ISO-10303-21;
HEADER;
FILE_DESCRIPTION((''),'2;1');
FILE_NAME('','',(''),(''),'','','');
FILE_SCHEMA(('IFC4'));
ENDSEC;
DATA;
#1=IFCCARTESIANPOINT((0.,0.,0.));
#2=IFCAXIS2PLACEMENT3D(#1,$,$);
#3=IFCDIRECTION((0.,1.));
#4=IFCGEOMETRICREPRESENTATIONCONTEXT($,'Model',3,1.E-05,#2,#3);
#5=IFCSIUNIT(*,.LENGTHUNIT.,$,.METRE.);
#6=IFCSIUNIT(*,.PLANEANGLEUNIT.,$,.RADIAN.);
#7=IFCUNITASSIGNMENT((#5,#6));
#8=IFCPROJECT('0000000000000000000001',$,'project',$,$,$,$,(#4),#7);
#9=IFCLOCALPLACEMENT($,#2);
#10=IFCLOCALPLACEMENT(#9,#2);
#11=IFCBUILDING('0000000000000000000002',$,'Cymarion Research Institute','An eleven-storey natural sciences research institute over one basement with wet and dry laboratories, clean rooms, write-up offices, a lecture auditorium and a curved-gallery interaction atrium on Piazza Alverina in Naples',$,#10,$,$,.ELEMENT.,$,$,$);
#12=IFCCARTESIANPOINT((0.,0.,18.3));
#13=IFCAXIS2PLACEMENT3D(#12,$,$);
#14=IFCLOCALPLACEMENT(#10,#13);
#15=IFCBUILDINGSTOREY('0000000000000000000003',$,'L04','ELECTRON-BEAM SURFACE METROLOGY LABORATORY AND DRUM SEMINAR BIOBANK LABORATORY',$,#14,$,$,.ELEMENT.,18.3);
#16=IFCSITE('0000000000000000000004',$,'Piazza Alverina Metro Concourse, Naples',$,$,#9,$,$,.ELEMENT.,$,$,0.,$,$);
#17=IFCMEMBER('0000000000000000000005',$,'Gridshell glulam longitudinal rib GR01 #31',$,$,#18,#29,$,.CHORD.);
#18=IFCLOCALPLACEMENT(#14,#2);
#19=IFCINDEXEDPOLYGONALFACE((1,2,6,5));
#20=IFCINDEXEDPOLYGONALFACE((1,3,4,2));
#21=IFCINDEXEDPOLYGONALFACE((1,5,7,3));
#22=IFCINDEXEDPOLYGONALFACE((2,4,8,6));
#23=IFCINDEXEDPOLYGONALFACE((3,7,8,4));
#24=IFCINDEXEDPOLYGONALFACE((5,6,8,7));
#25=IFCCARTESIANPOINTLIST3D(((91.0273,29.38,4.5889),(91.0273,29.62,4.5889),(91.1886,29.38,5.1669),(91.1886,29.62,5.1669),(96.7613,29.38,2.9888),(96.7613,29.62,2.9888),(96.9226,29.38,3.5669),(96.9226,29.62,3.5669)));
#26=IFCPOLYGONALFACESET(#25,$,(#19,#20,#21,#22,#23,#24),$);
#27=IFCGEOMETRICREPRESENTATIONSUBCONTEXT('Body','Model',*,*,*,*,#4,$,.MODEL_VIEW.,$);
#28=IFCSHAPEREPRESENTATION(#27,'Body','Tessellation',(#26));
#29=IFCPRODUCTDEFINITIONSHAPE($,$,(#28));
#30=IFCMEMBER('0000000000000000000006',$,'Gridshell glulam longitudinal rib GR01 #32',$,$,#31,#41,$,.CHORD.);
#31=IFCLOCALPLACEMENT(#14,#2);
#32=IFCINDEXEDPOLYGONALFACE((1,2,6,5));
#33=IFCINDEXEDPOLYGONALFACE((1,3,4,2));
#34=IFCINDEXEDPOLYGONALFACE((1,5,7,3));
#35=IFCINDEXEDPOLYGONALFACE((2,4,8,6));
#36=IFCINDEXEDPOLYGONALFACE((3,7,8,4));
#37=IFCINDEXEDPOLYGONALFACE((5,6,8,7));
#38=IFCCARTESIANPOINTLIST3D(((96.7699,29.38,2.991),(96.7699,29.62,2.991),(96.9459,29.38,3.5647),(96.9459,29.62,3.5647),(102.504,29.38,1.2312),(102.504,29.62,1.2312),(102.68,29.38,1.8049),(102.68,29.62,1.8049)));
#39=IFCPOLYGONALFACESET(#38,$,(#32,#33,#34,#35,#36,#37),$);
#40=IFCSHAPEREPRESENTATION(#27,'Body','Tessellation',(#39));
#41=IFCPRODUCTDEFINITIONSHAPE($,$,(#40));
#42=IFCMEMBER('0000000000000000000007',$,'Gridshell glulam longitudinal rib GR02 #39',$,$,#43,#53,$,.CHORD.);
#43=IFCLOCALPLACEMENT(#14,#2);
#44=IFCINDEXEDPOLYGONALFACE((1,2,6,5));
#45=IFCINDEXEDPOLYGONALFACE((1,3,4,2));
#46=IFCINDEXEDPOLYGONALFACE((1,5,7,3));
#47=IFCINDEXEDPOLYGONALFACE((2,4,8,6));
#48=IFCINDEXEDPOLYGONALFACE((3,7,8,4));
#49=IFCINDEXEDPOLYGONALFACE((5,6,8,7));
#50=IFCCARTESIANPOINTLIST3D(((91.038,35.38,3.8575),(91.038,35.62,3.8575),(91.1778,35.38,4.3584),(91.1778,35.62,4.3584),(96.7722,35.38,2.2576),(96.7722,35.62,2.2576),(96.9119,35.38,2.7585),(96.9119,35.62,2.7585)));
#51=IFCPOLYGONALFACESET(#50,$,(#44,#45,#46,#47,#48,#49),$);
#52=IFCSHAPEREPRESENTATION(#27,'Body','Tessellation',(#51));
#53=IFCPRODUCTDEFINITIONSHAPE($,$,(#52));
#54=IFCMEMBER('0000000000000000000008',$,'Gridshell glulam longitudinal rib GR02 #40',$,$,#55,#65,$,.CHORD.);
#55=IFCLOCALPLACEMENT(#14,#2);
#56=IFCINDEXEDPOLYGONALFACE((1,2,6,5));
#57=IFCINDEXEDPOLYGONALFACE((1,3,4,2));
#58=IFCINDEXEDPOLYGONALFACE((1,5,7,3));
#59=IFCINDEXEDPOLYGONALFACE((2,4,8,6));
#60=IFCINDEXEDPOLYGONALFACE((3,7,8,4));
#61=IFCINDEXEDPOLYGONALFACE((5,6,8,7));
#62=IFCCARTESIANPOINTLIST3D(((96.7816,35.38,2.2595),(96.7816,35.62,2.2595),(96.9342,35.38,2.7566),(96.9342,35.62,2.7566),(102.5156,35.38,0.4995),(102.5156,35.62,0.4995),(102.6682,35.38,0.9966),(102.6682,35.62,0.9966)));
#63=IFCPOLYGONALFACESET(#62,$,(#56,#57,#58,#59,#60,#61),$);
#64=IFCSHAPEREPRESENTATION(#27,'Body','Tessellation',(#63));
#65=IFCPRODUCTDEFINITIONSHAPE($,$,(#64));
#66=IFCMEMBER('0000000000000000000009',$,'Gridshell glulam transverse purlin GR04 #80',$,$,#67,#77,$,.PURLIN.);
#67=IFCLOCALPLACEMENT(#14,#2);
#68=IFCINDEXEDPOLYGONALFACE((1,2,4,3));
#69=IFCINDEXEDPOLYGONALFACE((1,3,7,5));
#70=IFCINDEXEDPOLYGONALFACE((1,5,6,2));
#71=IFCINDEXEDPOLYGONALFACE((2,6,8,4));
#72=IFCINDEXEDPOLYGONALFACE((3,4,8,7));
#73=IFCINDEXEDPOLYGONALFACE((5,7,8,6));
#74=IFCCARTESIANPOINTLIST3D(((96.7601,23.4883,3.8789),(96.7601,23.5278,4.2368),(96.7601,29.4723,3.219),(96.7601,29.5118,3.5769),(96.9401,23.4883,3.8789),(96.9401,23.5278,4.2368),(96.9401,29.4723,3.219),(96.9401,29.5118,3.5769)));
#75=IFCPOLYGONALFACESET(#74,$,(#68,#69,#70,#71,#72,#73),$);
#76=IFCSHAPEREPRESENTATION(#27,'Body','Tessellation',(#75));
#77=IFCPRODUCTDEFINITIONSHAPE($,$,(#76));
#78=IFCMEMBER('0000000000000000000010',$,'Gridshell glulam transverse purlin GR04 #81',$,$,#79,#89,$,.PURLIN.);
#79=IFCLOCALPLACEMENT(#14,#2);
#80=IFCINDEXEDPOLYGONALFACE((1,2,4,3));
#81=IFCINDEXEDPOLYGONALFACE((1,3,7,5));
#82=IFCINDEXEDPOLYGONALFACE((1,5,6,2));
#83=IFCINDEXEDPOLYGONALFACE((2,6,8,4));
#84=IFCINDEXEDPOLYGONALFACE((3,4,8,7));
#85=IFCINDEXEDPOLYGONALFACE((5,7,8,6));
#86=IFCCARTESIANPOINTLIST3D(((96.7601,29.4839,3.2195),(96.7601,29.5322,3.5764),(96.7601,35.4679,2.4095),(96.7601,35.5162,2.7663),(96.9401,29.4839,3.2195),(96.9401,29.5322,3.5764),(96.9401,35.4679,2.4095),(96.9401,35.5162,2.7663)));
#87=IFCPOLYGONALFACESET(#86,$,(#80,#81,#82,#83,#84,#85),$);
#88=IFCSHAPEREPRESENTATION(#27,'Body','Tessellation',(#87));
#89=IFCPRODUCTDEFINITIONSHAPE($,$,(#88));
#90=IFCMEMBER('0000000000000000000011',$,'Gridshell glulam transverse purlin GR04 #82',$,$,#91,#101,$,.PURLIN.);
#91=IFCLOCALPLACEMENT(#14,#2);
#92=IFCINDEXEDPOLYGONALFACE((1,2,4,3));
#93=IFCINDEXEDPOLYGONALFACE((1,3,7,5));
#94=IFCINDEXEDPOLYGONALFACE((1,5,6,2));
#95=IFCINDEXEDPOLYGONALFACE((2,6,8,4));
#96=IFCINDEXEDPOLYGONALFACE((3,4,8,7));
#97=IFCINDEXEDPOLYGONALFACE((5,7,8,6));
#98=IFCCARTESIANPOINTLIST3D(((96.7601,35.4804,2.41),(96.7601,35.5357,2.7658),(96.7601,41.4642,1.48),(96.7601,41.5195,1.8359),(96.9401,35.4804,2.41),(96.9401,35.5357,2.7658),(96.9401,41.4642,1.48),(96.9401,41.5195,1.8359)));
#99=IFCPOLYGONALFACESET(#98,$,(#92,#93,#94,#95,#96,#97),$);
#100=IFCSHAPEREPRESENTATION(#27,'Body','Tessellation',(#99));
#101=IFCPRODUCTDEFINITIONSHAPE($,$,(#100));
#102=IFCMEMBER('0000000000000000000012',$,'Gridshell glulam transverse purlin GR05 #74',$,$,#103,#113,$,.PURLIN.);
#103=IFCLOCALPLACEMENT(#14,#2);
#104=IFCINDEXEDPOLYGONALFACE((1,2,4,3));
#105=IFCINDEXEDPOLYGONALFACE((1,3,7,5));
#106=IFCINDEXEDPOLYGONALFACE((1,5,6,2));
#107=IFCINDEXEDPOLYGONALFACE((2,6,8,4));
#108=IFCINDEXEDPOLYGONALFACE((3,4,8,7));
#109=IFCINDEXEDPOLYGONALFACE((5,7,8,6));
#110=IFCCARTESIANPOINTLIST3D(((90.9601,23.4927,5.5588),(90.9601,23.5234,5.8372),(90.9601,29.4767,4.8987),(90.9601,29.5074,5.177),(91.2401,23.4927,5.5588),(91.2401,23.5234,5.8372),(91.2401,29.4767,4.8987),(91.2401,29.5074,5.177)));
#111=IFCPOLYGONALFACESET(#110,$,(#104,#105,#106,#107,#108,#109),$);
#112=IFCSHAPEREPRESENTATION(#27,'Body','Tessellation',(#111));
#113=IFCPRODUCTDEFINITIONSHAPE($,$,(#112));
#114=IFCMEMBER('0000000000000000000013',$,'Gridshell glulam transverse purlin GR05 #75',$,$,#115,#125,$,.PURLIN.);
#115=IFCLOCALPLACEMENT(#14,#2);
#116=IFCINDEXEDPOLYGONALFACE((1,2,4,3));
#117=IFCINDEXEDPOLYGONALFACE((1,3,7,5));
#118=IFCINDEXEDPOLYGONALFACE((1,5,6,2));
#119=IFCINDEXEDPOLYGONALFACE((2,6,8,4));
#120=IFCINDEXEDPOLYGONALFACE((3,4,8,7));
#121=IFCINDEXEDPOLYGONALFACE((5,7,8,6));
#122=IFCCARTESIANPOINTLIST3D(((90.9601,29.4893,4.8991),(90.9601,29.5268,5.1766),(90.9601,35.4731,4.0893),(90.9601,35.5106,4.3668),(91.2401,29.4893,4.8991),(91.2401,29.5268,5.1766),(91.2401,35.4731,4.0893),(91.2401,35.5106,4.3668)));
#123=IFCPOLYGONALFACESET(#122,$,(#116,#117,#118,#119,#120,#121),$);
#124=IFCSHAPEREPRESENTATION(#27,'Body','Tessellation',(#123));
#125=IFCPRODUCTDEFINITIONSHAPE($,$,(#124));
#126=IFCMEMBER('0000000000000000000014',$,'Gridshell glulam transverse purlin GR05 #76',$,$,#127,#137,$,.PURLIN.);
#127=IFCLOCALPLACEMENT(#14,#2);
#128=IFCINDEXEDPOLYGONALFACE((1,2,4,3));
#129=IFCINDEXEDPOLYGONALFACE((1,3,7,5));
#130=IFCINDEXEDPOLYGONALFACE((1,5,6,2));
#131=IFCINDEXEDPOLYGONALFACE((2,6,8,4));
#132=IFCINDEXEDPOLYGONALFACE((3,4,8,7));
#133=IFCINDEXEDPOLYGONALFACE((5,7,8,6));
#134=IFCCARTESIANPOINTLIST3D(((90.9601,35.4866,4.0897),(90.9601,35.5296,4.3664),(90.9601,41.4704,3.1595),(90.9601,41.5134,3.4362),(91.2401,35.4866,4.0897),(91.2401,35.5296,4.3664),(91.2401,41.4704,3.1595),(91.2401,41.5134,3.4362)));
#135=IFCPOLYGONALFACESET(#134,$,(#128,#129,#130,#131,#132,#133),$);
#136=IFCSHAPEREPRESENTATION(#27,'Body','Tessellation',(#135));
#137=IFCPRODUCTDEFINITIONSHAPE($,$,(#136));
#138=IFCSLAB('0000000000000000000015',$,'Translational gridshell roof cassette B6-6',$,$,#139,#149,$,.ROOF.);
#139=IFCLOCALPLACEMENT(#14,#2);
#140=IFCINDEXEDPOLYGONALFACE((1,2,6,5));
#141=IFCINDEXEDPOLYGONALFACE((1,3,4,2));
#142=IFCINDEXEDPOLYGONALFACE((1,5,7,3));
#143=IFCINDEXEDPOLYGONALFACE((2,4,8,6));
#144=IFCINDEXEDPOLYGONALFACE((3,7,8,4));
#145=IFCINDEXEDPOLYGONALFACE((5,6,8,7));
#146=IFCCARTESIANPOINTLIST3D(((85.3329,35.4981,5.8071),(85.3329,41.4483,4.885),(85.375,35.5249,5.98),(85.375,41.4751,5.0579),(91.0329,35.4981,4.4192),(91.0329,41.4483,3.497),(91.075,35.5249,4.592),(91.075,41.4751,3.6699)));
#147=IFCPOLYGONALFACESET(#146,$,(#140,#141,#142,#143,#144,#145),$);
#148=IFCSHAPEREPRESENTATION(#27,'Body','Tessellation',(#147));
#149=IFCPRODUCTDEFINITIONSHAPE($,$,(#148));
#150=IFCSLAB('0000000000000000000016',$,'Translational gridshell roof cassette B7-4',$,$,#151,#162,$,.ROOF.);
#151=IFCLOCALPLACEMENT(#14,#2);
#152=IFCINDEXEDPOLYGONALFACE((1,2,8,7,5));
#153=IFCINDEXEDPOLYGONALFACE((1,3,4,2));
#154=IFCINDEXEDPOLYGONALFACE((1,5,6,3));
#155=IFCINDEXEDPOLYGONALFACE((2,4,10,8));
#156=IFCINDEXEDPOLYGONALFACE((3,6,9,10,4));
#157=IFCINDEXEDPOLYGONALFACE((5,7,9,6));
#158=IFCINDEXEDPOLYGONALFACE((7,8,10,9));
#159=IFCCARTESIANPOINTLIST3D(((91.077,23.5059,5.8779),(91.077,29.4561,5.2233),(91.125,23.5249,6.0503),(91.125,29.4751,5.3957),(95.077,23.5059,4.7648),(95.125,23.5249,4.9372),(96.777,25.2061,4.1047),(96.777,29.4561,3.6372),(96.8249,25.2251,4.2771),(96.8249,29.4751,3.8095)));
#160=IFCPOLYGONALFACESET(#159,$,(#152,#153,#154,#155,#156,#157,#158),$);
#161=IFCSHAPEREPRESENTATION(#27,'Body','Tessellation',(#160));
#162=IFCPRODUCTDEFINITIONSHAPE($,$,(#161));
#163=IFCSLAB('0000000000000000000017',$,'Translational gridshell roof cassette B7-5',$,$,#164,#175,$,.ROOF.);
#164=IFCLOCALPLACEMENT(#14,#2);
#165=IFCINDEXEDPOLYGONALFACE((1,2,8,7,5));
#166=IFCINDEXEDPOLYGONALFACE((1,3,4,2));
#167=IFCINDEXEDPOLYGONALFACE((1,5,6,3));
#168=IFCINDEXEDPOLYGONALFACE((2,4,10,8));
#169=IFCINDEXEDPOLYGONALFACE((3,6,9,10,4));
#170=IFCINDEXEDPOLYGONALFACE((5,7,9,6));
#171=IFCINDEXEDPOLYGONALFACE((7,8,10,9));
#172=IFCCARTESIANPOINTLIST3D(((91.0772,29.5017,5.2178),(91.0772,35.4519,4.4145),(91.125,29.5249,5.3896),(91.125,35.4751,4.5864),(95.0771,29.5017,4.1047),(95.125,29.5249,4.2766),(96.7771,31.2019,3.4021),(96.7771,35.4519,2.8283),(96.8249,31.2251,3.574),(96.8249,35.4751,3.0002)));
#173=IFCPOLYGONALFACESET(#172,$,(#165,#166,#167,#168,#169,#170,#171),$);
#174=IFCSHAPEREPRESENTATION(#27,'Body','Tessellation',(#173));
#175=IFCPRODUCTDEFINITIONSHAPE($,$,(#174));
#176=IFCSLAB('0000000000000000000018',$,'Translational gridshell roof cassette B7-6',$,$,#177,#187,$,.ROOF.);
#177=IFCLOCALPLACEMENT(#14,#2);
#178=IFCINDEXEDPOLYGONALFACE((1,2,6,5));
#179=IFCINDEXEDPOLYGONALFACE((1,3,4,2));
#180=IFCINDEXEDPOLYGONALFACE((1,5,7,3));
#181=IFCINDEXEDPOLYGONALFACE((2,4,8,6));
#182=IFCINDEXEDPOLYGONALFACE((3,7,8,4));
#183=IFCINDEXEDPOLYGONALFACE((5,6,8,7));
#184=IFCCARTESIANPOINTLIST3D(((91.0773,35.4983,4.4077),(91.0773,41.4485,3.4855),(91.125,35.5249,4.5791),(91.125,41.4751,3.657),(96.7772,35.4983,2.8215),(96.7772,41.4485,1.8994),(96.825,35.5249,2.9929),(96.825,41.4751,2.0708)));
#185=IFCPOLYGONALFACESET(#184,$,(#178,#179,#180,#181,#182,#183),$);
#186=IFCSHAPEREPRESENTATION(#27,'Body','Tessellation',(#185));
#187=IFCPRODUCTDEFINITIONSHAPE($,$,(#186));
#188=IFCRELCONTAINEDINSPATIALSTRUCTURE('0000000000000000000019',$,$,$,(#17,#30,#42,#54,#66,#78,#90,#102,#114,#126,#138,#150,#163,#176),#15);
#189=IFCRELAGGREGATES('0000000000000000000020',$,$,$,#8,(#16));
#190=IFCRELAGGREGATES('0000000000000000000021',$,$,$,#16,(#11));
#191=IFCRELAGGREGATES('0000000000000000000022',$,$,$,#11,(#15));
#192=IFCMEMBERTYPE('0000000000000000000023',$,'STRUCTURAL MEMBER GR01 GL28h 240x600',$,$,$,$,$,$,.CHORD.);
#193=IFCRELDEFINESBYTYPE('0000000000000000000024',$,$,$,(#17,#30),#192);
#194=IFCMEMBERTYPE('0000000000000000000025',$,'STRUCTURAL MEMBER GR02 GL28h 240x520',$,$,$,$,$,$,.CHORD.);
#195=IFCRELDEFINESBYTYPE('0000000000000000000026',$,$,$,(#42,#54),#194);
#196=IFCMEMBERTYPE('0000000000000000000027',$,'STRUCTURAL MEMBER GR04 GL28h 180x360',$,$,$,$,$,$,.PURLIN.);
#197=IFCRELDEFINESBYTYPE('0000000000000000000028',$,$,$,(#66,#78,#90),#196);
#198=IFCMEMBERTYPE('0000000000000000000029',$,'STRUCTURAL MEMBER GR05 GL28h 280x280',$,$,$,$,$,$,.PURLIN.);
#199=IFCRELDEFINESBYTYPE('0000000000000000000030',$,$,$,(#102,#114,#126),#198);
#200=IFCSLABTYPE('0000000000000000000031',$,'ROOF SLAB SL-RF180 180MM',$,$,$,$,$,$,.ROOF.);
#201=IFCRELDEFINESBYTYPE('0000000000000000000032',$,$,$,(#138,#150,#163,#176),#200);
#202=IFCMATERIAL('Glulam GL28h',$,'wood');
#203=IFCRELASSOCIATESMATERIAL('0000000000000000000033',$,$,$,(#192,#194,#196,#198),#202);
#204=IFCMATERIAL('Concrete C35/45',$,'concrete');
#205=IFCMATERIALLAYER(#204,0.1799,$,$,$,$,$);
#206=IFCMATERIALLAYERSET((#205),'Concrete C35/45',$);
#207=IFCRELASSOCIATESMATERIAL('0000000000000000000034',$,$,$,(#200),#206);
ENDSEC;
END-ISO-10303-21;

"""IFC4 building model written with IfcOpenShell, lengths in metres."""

from ifc_helpers import new_model, si_unit, direction, frame, origin, origin_2d, place, context, subcontext, project, spatial, polyline, rectangle, outline, extrude, material, layer, layer_set, material_profile, profile_set, type_object, element, save


model = new_model("IFC4")

# Units and contexts
model_context = context("Model", 3, precision=1e-05, world=origin(), true_north=direction((0.0, 1.0)))
body_context = subcontext(model_context, "Body", "Model", "MODEL_VIEW")
ifc_project = project(units=[si_unit("LENGTHUNIT", "METRE"), si_unit("PLANEANGLEUNIT", "RADIAN")], contexts=[model_context])

# Site, building, storey
site_placement = place(None, origin())
site = spatial("IfcSite", under=ifc_project, at=site_placement, Name="Piazza Alverina Metro Concourse, Naples", CompositionType="ELEMENT", RefElevation=0.0)
building_placement = place(site_placement, origin())
building = spatial("IfcBuilding", under=site, at=building_placement, Name="Cymarion Research Institute", Description="An eleven-storey natural sciences research institute over one basement with wet and dry laboratories, clean rooms, write-up offices, a lecture auditorium and a curved-gallery interaction atrium on Piazza Alverina in Naples", CompositionType="ELEMENT")
storey_placement = place(building_placement, frame((0.0, 0.0, 18.3)))
storey = spatial("IfcBuildingStorey", under=building, at=storey_placement, Name="L04", Description="ELECTRON-BEAM SURFACE METROLOGY LABORATORY AND DRUM SEMINAR BIOBANK LABORATORY", CompositionType="ELEMENT", Elevation=18.3)

# Members
ifc_material_1 = material(Name="Glulam GL28h", Category="wood")
ifc_material_profile_1 = material_profile(ifc_material_1, rectangle(XDim=0.24, YDim=0.6001, at=origin_2d()), Name="GL28h 240x600")
ifc_profile_set_1 = profile_set([ifc_material_profile_1], Name="Glulam GL28h")
member_type_1 = type_object("IfcMemberType", Name="STRUCTURAL MEMBER GR01 GL28h 240x600", PredefinedType="CHORD", material=ifc_profile_set_1)
member_1_placement = place(storey_placement, frame((91.1079, 29.5, 4.8779), z_axis=(0.963202, 0.0, -0.26878), x_axis=(0.0, 1.0, 0.0)))
element("IfcMember", 1, at=member_1_placement, inside=storey, type_object=member_type_1, Name="Gridshell glulam longitudinal rib GR01 #31", PredefinedType="CHORD", context=body_context, shape_type="SweptSolid", body=[
    extrude(rectangle(XDim=0.24, YDim=0.6001, at=origin_2d()), origin(), (0.0, 0.0, 1.0), 5.9531),
])
member_2_placement = place(storey_placement, frame((96.8579, 29.5, 3.2778), z_axis=(0.955993, 0.0, -0.293388), x_axis=(0.0, 1.0, 0.0)))
element("IfcMember", 2, at=member_2_placement, inside=storey, type_object=member_type_1, Name="Gridshell glulam longitudinal rib GR01 #32", PredefinedType="CHORD", context=body_context, shape_type="SweptSolid", body=[
    extrude(rectangle(XDim=0.24, YDim=0.6001, at=origin_2d()), origin(), (0.0, 0.0, 1.0), 5.998),
])
ifc_material_profile_2 = material_profile(ifc_material_1, rectangle(XDim=0.24, YDim=0.52, at=origin_2d()), Name="GL28h 240x520")
ifc_profile_set_2 = profile_set([ifc_material_profile_2], Name="Glulam GL28h")
member_type_2 = type_object("IfcMemberType", Name="STRUCTURAL MEMBER GR02 GL28h 240x520", PredefinedType="CHORD", material=ifc_profile_set_2)
member_3_placement = place(storey_placement, frame((91.1079, 35.5, 4.1079), z_axis=(0.963212, 0.0, -0.268741), x_axis=(0.0, 1.0, 0.0)))
element("IfcMember", 3, at=member_3_placement, inside=storey, type_object=member_type_2, Name="Gridshell glulam longitudinal rib GR02 #39", PredefinedType="CHORD", context=body_context, shape_type="SweptSolid", body=[
    extrude(rectangle(XDim=0.24, YDim=0.52, at=origin_2d()), origin(), (0.0, 0.0, 1.0), 5.9531),
])
member_4_placement = place(storey_placement, frame((96.8579, 35.5, 2.5081), z_axis=(0.955982, 0.0, -0.293425), x_axis=(0.0, 1.0, 0.0)))
element("IfcMember", 4, at=member_4_placement, inside=storey, type_object=member_type_2, Name="Gridshell glulam longitudinal rib GR02 #40", PredefinedType="CHORD", context=body_context, shape_type="SweptSolid", body=[
    extrude(rectangle(XDim=0.24, YDim=0.52, at=origin_2d()), origin(), (0.0, 0.0, 1.0), 5.998),
])
ifc_material_profile_3 = material_profile(ifc_material_1, rectangle(XDim=0.1799, YDim=0.3601, at=origin_2d()), Name="GL28h 180x360")
ifc_profile_set_3 = profile_set([ifc_material_profile_3], Name="Glulam GL28h")
member_type_3 = type_object("IfcMemberType", Name="STRUCTURAL MEMBER GR04 GL28h 180x360", PredefinedType="PURLIN", material=ifc_profile_set_3)
member_5_placement = place(storey_placement, frame((96.8501, 23.5081, 4.0579), z_axis=(0.0, 0.993974, -0.109617), x_axis=(-1.0, 0.0, 0.0)))
element("IfcMember", 5, at=member_5_placement, inside=storey, type_object=member_type_3, Name="Gridshell glulam transverse purlin GR04 #80", PredefinedType="PURLIN", context=body_context, shape_type="SweptSolid", body=[
    extrude(rectangle(XDim=0.1799, YDim=0.3601, at=origin_2d()), origin(), (0.0, 0.0, 1.0), 6.0203),
])
member_6_placement = place(storey_placement, frame((96.8501, 29.5081, 3.3979), z_axis=(0.0, 0.990961, -0.13415), x_axis=(-1.0, 0.0, 0.0)))
element("IfcMember", 6, at=member_6_placement, inside=storey, type_object=member_type_3, Name="Gridshell glulam transverse purlin GR04 #81", PredefinedType="PURLIN", context=body_context, shape_type="SweptSolid", body=[
    extrude(rectangle(XDim=0.1799, YDim=0.3601, at=origin_2d()), origin(), (0.0, 0.0, 1.0), 6.0386),
])
member_7_placement = place(storey_placement, frame((96.8501, 35.5081, 2.5879), z_axis=(0.0, 0.988139, -0.153563), x_axis=(-1.0, 0.0, 0.0)))
element("IfcMember", 7, at=member_7_placement, inside=storey, type_object=member_type_3, Name="Gridshell glulam transverse purlin GR04 #82", PredefinedType="PURLIN", context=body_context, shape_type="SweptSolid", body=[
    extrude(rectangle(XDim=0.1799, YDim=0.3601, at=origin_2d()), origin(), (0.0, 0.0, 1.0), 6.0557),
])
ifc_material_profile_4 = material_profile(ifc_material_1, rectangle(XDim=0.28, YDim=0.28, at=origin_2d()), Name="GL28h 280x280")
ifc_profile_set_4 = profile_set([ifc_material_profile_4], Name="Glulam GL28h")
member_type_4 = type_object("IfcMemberType", Name="STRUCTURAL MEMBER GR05 GL28h 280x280", PredefinedType="PURLIN", material=ifc_profile_set_4)
member_8_placement = place(storey_placement, frame((91.1001, 23.5081, 5.698), z_axis=(0.0, 0.993969, -0.109657), x_axis=(-1.0, 0.0, 0.0)))
element("IfcMember", 8, at=member_8_placement, inside=storey, type_object=member_type_4, Name="Gridshell glulam transverse purlin GR05 #74", PredefinedType="PURLIN", context=body_context, shape_type="SweptSolid", body=[
    extrude(rectangle(XDim=0.28, YDim=0.28, at=origin_2d()), origin(), (0.0, 0.0, 1.0), 6.0203),
])
member_9_placement = place(storey_placement, frame((91.1001, 29.5081, 5.0378), z_axis=(0.0, 0.990966, -0.13411), x_axis=(-1.0, 0.0, 0.0)))
element("IfcMember", 9, at=member_9_placement, inside=storey, type_object=member_type_4, Name="Gridshell glulam transverse purlin GR05 #75", PredefinedType="PURLIN", context=body_context, shape_type="SweptSolid", body=[
    extrude(rectangle(XDim=0.28, YDim=0.28, at=origin_2d()), origin(), (0.0, 0.0, 1.0), 6.0383),
])
member_10_placement = place(storey_placement, frame((91.1001, 35.5081, 4.228), z_axis=(0.0, 0.988133, -0.153602), x_axis=(-1.0, 0.0, 0.0)))
element("IfcMember", 10, at=member_10_placement, inside=storey, type_object=member_type_4, Name="Gridshell glulam transverse purlin GR05 #76", PredefinedType="PURLIN", context=body_context, shape_type="SweptSolid", body=[
    extrude(rectangle(XDim=0.28, YDim=0.28, at=origin_2d()), origin(), (0.0, 0.0, 1.0), 6.0557),
])

# Slabs
ifc_material_2 = material(Name="Concrete C35/45", Category="concrete")
ifc_layer_1 = layer(ifc_material_2, 0.1799)
ifc_layer_set_1 = layer_set([ifc_layer_1], Name="Concrete C35/45")
slab_type = type_object("IfcSlabType", Name="ROOF SLAB SL-RF180 180MM", PredefinedType="ROOF", material=ifc_layer_set_1)
slab_1_placement = place(storey_placement, frame((85.375, 35.5249, 5.98), z_axis=(0.23395, 0.148895, 0.96078), x_axis=(0.97161, 0.0, -0.236587)))
element("IfcSlab", 11, at=slab_1_placement, inside=storey, type_object=slab_type, Name="Translational gridshell roof cassette B6-6", PredefinedType="ROOF", context=body_context, shape_type="SweptSolid", body=[
    extrude(outline(polyline([(0.0, 0.0), (5.8665, 0.0), (6.0847, 6.0173), (0.2182, 6.0173), (0.0, 0.0)])), origin(), (0.0, 0.0, -1.0), 0.1799),
])
slab_2_placement = place(storey_placement, frame((91.125, 23.5249, 6.0503), z_axis=(0.266597, 0.105394, 0.958028), x_axis=(0.963394, -0.000002, -0.26809)))
element("IfcSlab", 12, at=slab_2_placement, inside=storey, type_object=slab_type, Name="Translational gridshell roof cassette B7-4", PredefinedType="ROOF", context=body_context, shape_type="SweptSolid", body=[
    extrude(outline(polyline([(0.0, 0.0), (4.152, 0.0), (5.9667, 1.7097), (6.092, 5.9835), (0.1755, 5.9835), (0.0, 0.0)])), origin(), (0.0, 0.0, -1.0), 0.1799),
])
slab_3_placement = place(storey_placement, frame((91.125, 29.5249, 5.3896), z_axis=(0.26585, 0.128971, 0.955348), x_axis=(0.963394, -0.000002, -0.268089)))
element("IfcSlab", 13, at=slab_3_placement, inside=storey, type_object=slab_type, Name="Translational gridshell roof cassette B7-5", PredefinedType="ROOF", context=body_context, shape_type="SweptSolid", body=[
    extrude(outline(polyline([(0.0, 0.0), (4.152, 0.0), (5.9781, 1.7145), (6.1319, 6.0003), (0.2153, 6.0003), (0.0, 0.0)])), origin(), (0.0, 0.0, -1.0), 0.1799),
])
slab_4_placement = place(storey_placement, frame((91.125, 35.5249, 4.5791), z_axis=(0.265154, 0.147663, 0.952832), x_axis=(0.963393, 0.0, -0.268093)))
element("IfcSlab", 14, at=slab_4_placement, inside=storey, type_object=slab_type, Name="Translational gridshell roof cassette B7-6", PredefinedType="ROOF", context=body_context, shape_type="SweptSolid", body=[
    extrude(outline(polyline([(0.0, 0.0), (5.9165, 0.0), (6.1638, 6.0161), (0.2472, 6.0161), (0.0, 0.0)])), origin(), (0.0, 0.0, -1.0), 0.1799),
])

save(model, "model.ifc")
